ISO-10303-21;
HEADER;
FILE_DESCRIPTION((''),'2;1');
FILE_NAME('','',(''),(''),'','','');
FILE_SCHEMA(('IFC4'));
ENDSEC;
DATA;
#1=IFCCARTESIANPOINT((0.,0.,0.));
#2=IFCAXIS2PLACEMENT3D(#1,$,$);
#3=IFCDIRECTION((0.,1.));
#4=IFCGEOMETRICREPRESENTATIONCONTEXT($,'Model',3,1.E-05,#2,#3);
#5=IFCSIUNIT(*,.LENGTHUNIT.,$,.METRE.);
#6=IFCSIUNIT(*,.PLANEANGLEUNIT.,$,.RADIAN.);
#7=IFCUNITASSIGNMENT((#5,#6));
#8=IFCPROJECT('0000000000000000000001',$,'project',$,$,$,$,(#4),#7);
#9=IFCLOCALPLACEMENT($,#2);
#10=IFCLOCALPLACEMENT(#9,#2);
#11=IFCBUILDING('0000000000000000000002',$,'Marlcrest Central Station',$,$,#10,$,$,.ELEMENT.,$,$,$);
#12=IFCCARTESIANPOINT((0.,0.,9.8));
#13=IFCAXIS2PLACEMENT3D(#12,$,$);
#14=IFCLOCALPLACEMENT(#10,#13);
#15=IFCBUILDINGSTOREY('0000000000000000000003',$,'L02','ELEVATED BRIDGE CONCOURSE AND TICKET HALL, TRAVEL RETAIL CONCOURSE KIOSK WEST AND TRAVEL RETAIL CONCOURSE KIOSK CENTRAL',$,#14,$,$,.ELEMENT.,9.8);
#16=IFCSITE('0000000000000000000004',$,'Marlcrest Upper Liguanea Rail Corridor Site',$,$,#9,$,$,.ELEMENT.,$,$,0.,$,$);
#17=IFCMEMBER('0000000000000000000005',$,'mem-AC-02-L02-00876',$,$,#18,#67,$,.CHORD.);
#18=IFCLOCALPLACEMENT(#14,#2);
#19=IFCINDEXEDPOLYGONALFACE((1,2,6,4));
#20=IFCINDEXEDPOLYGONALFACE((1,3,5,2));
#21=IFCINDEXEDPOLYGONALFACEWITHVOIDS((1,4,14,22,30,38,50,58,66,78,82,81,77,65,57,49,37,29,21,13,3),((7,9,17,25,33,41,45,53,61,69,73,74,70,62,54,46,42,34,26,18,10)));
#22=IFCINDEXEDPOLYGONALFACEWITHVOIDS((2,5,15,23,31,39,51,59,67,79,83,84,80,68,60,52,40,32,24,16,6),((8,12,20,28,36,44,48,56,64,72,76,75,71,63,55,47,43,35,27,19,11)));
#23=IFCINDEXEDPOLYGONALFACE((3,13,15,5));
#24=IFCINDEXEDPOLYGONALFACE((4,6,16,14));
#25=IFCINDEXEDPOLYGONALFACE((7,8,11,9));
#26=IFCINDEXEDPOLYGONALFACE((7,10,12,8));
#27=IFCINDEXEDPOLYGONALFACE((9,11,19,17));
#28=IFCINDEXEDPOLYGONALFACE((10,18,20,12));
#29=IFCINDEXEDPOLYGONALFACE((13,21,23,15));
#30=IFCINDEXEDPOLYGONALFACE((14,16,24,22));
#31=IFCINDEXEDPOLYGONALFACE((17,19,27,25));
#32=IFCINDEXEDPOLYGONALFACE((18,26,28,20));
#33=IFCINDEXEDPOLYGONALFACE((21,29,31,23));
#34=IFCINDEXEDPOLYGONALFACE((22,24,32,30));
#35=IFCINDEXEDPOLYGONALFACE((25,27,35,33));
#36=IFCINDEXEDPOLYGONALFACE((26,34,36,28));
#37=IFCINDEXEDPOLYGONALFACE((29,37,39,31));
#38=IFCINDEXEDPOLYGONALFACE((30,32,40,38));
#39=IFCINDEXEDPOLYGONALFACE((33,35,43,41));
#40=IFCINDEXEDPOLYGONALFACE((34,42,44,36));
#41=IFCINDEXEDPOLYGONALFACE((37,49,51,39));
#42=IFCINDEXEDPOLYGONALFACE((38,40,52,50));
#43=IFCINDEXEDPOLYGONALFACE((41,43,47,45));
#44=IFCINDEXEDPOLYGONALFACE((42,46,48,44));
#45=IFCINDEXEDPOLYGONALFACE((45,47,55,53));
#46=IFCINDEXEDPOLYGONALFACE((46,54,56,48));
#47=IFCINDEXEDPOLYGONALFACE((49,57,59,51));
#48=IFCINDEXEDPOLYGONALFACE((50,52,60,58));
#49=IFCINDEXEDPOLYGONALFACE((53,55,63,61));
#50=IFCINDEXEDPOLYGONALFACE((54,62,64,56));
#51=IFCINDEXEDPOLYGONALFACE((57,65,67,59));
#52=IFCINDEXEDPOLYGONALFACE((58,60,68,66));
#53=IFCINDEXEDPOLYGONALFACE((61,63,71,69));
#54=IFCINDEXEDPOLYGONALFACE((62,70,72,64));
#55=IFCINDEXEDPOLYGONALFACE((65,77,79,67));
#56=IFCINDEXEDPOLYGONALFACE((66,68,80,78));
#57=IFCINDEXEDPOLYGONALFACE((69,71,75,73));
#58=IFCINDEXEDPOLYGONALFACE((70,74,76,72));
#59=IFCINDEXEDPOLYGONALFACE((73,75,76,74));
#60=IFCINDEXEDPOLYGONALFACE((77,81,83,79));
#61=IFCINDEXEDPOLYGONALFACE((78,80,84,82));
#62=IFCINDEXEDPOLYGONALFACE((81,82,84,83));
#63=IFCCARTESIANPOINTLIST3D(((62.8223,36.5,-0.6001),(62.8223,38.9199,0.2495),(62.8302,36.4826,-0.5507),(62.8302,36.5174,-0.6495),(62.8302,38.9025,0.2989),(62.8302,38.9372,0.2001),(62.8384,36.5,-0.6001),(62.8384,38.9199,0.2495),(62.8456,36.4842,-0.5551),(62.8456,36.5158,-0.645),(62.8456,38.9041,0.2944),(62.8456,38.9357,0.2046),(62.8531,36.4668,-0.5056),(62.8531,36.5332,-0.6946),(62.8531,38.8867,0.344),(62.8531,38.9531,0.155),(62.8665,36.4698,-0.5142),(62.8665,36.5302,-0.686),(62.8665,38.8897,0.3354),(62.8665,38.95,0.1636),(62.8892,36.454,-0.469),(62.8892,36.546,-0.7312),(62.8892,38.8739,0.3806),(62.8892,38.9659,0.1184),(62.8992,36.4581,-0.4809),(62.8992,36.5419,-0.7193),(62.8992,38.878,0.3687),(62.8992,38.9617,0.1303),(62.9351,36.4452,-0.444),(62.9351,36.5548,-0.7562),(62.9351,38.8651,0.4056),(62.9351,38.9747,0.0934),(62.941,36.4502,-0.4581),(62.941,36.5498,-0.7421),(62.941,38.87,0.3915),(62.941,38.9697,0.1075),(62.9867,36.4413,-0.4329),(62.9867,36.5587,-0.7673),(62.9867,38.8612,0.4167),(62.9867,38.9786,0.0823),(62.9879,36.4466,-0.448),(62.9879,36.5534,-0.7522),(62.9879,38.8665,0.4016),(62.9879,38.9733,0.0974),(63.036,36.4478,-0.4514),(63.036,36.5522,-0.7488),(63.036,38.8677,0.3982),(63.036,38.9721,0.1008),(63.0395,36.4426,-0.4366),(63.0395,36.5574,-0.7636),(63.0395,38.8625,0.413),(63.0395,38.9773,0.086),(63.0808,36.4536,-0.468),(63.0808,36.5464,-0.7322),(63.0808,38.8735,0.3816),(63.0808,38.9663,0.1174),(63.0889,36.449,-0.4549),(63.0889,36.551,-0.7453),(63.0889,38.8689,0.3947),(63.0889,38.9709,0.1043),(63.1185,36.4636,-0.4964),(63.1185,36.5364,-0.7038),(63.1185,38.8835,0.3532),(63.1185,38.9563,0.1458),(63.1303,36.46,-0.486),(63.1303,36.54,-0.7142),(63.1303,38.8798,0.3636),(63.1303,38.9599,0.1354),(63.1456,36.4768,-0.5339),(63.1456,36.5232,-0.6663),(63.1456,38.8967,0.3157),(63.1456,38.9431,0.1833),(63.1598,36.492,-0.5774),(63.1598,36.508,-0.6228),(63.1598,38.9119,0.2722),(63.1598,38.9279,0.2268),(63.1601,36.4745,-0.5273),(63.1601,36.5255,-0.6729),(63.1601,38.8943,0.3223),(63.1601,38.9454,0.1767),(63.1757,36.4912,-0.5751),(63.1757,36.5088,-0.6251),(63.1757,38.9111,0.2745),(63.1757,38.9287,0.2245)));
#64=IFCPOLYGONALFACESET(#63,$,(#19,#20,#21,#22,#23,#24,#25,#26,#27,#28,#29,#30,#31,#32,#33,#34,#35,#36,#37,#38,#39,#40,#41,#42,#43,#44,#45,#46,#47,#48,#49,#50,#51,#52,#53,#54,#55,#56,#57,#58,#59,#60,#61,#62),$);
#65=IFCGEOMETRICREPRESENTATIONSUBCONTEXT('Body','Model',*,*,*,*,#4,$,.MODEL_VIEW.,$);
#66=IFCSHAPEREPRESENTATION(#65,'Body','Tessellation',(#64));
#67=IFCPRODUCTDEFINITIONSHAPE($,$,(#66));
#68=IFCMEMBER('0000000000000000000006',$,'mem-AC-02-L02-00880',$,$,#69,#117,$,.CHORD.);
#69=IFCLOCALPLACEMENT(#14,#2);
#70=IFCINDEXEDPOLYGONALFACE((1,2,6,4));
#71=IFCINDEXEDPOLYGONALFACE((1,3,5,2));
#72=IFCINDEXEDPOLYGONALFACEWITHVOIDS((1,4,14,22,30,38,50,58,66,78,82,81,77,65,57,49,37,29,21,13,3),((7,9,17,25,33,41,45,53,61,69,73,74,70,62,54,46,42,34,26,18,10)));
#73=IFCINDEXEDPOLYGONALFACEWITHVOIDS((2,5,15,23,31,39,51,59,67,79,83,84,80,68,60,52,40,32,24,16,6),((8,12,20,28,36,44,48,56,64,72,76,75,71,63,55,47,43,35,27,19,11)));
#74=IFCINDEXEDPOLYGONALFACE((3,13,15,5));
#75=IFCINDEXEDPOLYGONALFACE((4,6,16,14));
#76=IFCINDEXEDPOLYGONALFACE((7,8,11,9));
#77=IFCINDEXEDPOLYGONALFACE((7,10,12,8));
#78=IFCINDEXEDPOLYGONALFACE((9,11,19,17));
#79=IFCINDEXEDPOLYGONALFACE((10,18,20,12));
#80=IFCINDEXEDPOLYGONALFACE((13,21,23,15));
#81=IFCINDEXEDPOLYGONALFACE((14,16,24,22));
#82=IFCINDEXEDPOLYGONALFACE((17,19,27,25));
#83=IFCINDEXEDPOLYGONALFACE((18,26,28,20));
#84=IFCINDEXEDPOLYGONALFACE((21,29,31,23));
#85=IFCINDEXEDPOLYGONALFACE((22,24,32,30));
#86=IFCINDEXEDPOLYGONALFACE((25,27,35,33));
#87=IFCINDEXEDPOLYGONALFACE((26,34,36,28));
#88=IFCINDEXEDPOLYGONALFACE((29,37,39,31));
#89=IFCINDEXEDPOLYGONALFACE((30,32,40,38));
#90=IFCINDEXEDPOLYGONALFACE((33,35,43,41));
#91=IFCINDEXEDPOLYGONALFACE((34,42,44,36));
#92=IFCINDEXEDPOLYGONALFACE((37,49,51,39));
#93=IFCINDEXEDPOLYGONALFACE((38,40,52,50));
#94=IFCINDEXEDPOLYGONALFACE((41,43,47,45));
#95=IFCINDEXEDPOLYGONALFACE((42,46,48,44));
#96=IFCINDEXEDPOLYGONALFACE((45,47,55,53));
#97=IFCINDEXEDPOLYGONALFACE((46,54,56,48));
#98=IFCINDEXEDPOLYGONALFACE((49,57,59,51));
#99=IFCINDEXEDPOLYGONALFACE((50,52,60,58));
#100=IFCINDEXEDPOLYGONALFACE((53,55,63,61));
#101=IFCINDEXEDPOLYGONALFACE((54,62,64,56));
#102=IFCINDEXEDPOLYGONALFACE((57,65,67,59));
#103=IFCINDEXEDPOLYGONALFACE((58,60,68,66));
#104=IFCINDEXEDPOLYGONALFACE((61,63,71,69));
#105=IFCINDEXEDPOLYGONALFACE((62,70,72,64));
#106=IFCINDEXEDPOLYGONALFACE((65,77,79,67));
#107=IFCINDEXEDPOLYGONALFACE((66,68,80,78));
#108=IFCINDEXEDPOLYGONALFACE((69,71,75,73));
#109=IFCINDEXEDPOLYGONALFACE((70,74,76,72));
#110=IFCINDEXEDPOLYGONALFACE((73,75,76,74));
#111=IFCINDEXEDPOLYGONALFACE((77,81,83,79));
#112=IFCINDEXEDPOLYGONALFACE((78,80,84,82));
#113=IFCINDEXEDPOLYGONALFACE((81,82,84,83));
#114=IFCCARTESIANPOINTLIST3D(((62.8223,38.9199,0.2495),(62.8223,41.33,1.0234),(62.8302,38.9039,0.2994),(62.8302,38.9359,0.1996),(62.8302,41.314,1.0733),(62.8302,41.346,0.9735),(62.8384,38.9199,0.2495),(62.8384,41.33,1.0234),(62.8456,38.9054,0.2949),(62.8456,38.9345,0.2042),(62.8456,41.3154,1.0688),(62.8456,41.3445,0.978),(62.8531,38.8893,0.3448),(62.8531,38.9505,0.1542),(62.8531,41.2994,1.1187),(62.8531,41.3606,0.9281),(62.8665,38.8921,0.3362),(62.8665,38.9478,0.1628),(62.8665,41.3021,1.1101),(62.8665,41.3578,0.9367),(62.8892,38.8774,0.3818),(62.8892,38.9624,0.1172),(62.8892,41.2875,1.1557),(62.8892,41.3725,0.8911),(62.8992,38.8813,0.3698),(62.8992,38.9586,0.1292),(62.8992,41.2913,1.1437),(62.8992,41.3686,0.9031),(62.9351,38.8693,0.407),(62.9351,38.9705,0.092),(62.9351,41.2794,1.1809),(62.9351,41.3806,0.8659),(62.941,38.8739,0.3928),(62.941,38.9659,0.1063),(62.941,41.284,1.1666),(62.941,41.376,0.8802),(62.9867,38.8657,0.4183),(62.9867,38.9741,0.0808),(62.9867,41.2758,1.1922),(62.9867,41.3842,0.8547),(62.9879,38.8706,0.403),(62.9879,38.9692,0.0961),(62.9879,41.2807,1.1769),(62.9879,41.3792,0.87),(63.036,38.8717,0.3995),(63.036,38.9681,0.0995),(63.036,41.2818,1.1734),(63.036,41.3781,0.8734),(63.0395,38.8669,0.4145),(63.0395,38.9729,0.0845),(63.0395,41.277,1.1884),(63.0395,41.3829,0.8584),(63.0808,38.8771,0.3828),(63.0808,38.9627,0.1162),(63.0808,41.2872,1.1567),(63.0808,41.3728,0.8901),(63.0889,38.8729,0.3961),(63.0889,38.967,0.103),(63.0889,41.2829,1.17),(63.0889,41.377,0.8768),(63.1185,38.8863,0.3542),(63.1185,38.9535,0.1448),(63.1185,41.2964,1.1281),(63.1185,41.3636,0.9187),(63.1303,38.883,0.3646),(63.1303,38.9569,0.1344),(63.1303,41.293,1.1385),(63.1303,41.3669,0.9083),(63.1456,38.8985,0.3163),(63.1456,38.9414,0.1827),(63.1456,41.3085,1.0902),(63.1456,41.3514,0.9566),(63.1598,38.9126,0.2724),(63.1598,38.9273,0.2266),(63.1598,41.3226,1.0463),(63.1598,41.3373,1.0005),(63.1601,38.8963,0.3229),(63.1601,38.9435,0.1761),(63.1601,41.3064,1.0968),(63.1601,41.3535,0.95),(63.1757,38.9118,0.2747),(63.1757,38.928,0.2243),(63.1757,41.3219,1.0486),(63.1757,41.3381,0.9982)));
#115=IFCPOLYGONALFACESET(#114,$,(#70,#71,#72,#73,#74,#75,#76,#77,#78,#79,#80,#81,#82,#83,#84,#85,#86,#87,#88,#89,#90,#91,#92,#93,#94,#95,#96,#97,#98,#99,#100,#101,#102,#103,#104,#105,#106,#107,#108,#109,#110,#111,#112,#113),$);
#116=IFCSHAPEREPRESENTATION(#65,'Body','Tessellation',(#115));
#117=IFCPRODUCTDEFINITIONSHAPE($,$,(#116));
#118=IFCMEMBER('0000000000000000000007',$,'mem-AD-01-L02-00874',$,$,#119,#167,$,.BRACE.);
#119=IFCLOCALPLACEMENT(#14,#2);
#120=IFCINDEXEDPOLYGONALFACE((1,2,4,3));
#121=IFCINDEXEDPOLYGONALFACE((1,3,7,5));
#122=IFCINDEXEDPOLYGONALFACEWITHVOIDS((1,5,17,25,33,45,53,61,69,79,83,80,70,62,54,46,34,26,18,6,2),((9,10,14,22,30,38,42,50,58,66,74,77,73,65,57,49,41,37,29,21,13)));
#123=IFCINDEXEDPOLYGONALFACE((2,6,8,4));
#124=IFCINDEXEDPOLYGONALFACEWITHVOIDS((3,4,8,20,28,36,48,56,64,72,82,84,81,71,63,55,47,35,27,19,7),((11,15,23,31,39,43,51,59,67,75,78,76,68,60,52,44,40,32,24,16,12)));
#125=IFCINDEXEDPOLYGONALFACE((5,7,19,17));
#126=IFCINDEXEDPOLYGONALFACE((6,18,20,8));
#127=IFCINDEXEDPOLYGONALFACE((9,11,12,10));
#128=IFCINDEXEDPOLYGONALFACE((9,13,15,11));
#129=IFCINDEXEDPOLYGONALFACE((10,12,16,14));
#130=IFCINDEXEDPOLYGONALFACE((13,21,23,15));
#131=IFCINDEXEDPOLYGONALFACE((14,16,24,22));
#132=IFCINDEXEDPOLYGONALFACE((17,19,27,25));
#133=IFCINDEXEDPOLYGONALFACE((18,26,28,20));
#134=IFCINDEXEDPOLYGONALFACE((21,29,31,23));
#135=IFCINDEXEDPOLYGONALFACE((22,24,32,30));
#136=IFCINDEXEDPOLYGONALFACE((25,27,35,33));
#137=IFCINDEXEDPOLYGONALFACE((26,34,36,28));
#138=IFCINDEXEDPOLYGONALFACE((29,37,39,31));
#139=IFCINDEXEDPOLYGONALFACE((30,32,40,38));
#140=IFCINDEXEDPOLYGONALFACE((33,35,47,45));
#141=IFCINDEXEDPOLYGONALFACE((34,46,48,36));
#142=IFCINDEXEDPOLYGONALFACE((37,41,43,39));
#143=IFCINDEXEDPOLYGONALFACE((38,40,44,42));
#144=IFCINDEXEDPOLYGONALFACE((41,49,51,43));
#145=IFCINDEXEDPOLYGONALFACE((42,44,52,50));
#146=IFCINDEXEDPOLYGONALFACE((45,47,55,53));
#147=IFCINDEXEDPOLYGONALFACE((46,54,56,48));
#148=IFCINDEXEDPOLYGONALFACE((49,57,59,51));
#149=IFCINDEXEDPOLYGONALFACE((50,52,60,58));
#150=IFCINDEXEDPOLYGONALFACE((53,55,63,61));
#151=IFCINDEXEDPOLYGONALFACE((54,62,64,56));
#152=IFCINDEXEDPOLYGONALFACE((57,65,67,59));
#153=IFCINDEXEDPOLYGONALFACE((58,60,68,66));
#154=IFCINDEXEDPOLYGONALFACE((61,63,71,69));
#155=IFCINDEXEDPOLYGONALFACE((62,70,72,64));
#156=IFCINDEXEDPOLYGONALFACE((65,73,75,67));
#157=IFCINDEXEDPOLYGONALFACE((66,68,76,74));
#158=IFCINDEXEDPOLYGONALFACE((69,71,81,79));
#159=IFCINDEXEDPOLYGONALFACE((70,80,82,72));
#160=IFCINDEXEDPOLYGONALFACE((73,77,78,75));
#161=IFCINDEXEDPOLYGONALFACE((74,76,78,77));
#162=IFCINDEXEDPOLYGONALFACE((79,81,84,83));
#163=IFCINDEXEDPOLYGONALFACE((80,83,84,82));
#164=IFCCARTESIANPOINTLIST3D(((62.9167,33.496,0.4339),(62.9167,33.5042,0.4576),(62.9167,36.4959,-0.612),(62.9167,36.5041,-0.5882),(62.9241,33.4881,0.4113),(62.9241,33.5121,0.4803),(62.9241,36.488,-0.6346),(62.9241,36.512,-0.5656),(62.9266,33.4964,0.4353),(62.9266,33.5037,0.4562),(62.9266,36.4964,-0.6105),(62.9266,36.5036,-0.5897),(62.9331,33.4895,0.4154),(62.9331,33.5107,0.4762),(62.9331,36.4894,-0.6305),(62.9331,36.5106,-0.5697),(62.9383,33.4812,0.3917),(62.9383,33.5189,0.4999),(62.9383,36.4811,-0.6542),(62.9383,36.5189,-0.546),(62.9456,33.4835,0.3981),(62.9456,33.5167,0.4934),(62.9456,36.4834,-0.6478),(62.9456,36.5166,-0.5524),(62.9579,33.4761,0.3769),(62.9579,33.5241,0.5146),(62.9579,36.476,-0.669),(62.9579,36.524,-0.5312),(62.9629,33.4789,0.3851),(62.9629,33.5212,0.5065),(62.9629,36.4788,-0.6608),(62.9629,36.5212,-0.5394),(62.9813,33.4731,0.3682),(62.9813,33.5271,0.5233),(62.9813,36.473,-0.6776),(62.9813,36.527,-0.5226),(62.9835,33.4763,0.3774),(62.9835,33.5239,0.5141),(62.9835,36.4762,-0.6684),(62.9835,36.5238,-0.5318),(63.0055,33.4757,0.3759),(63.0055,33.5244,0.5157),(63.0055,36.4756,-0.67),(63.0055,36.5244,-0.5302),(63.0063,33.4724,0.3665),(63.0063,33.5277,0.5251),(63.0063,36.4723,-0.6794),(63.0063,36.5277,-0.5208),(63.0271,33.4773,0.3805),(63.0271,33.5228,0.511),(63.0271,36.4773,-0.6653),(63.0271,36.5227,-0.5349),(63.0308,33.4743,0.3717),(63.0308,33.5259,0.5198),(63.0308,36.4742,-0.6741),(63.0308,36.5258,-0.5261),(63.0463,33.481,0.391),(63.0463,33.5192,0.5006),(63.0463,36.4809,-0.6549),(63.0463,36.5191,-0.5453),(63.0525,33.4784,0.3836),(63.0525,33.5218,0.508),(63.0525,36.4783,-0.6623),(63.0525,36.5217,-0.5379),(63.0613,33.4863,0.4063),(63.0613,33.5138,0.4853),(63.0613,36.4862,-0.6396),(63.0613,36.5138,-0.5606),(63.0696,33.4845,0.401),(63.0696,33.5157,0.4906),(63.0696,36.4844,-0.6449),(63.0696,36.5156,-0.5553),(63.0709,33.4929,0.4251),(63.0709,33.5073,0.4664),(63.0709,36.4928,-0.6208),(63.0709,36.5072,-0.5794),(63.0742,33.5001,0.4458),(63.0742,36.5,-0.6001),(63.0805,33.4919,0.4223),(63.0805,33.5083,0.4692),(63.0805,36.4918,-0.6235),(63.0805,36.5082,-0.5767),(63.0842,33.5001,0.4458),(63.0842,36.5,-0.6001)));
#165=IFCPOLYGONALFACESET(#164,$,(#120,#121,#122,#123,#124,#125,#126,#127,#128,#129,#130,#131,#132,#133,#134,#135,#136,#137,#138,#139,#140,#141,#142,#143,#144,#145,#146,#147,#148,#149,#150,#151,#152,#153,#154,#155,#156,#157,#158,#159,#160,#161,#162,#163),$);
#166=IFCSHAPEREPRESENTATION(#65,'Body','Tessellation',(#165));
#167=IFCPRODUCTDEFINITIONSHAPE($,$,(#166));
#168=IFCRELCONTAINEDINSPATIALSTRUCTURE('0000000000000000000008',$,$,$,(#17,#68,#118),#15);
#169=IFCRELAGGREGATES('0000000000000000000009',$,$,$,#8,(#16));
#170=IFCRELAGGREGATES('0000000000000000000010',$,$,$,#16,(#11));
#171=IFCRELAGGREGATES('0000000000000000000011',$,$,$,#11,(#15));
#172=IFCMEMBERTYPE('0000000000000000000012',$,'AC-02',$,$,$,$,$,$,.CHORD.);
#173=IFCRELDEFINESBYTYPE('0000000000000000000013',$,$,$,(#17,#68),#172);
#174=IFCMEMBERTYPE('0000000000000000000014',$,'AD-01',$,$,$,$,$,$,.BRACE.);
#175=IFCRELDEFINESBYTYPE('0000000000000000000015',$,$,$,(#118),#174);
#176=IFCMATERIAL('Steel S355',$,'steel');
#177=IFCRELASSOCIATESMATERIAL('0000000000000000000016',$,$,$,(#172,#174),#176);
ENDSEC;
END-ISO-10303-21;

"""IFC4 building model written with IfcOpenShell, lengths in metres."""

from ifc_helpers import new_model, si_unit, direction, frame, origin, origin_2d, place, context, subcontext, project, spatial, hollow_circle, extrude, material, material_profile, profile_set, type_object, element, save


model = new_model("IFC4")

# Units and contexts
model_context = context("Model", 3, precision=1e-05, world=origin(), true_north=direction((0.0, 1.0)))
body_context = subcontext(model_context, "Body", "Model", "MODEL_VIEW")
ifc_project = project(units=[si_unit("LENGTHUNIT", "METRE"), si_unit("PLANEANGLEUNIT", "RADIAN")], contexts=[model_context])

# Site, building, storey
site_placement = place(None, origin())
site = spatial("IfcSite", under=ifc_project, at=site_placement, Name="Marlcrest Upper Liguanea Rail Corridor Site", CompositionType="ELEMENT", RefElevation=0.0)
building_placement = place(site_placement, origin())
building = spatial("IfcBuilding", under=site, at=building_placement, Name="Marlcrest Central Station", CompositionType="ELEMENT")
storey_placement = place(building_placement, frame((0.0, 0.0, 9.8)))
storey = spatial("IfcBuildingStorey", under=building, at=storey_placement, Name="L02", Description="ELEVATED BRIDGE CONCOURSE AND TICKET HALL, TRAVEL RETAIL CONCOURSE KIOSK WEST AND TRAVEL RETAIL CONCOURSE KIOSK CENTRAL", CompositionType="ELEMENT", Elevation=9.8)

# Members
ifc_material_1 = material(Name="Steel S355", Category="steel")
ifc_material_profile_1 = material_profile(ifc_material_1, hollow_circle(Radius=0.1777, WallThickness=0.0161, at=origin_2d()), Name="CHS 355.6x16")
ifc_profile_set_1 = profile_set([ifc_material_profile_1], Name="Steel S355")
member_type_1 = type_object("IfcMemberType", Name="AC-02", PredefinedType="CHORD", material=ifc_profile_set_1)
member_1_placement = place(storey_placement, frame((63.0, 36.5, -0.6001), z_axis=(0.0, 0.943537, 0.331266), x_axis=(-1.0, 0.0, 0.0)))
element("IfcMember", 1, at=member_1_placement, inside=storey, type_object=member_type_1, Name="mem-AC-02-L02-00876", PredefinedType="CHORD", context=body_context, shape_type="SweptSolid", body=[
    extrude(hollow_circle(Radius=0.1777, WallThickness=0.0161, at=origin_2d()), origin(), (0.0, 0.0, 1.0), 2.5647),
])
member_2_placement = place(storey_placement, frame((63.0, 38.9199, 0.2495), z_axis=(0.0, 0.952117, 0.305734), x_axis=(-1.0, 0.0, 0.0)))
element("IfcMember", 2, at=member_2_placement, inside=storey, type_object=member_type_1, Name="mem-AC-02-L02-00880", PredefinedType="CHORD", context=body_context, shape_type="SweptSolid", body=[
    extrude(hollow_circle(Radius=0.1777, WallThickness=0.0161, at=origin_2d()), origin(), (0.0, 0.0, 1.0), 2.5312),
])
ifc_material_profile_2 = material_profile(ifc_material_1, hollow_circle(Radius=0.0842, WallThickness=0.01, at=origin_2d()), Name="CHS 168.3x10")
ifc_profile_set_2 = profile_set([ifc_material_profile_2], Name="Steel S355")
member_type_2 = type_object("IfcMemberType", Name="AD-01", PredefinedType="BRACE", material=ifc_profile_set_2)
member_3_placement = place(storey_placement, frame((63.0, 36.5, -0.6001), z_axis=(0.0, -0.94426, 0.3292), x_axis=(1.0, 0.0, 0.0)))
element("IfcMember", 3, at=member_3_placement, inside=storey, type_object=member_type_2, Name="mem-AD-01-L02-00874", PredefinedType="BRACE", context=body_context, shape_type="SweptSolid", body=[
    extrude(hollow_circle(Radius=0.0842, WallThickness=0.01, at=origin_2d()), origin(), (0.0, 0.0, 1.0), 3.177),
])

save(model, "model.ifc")
